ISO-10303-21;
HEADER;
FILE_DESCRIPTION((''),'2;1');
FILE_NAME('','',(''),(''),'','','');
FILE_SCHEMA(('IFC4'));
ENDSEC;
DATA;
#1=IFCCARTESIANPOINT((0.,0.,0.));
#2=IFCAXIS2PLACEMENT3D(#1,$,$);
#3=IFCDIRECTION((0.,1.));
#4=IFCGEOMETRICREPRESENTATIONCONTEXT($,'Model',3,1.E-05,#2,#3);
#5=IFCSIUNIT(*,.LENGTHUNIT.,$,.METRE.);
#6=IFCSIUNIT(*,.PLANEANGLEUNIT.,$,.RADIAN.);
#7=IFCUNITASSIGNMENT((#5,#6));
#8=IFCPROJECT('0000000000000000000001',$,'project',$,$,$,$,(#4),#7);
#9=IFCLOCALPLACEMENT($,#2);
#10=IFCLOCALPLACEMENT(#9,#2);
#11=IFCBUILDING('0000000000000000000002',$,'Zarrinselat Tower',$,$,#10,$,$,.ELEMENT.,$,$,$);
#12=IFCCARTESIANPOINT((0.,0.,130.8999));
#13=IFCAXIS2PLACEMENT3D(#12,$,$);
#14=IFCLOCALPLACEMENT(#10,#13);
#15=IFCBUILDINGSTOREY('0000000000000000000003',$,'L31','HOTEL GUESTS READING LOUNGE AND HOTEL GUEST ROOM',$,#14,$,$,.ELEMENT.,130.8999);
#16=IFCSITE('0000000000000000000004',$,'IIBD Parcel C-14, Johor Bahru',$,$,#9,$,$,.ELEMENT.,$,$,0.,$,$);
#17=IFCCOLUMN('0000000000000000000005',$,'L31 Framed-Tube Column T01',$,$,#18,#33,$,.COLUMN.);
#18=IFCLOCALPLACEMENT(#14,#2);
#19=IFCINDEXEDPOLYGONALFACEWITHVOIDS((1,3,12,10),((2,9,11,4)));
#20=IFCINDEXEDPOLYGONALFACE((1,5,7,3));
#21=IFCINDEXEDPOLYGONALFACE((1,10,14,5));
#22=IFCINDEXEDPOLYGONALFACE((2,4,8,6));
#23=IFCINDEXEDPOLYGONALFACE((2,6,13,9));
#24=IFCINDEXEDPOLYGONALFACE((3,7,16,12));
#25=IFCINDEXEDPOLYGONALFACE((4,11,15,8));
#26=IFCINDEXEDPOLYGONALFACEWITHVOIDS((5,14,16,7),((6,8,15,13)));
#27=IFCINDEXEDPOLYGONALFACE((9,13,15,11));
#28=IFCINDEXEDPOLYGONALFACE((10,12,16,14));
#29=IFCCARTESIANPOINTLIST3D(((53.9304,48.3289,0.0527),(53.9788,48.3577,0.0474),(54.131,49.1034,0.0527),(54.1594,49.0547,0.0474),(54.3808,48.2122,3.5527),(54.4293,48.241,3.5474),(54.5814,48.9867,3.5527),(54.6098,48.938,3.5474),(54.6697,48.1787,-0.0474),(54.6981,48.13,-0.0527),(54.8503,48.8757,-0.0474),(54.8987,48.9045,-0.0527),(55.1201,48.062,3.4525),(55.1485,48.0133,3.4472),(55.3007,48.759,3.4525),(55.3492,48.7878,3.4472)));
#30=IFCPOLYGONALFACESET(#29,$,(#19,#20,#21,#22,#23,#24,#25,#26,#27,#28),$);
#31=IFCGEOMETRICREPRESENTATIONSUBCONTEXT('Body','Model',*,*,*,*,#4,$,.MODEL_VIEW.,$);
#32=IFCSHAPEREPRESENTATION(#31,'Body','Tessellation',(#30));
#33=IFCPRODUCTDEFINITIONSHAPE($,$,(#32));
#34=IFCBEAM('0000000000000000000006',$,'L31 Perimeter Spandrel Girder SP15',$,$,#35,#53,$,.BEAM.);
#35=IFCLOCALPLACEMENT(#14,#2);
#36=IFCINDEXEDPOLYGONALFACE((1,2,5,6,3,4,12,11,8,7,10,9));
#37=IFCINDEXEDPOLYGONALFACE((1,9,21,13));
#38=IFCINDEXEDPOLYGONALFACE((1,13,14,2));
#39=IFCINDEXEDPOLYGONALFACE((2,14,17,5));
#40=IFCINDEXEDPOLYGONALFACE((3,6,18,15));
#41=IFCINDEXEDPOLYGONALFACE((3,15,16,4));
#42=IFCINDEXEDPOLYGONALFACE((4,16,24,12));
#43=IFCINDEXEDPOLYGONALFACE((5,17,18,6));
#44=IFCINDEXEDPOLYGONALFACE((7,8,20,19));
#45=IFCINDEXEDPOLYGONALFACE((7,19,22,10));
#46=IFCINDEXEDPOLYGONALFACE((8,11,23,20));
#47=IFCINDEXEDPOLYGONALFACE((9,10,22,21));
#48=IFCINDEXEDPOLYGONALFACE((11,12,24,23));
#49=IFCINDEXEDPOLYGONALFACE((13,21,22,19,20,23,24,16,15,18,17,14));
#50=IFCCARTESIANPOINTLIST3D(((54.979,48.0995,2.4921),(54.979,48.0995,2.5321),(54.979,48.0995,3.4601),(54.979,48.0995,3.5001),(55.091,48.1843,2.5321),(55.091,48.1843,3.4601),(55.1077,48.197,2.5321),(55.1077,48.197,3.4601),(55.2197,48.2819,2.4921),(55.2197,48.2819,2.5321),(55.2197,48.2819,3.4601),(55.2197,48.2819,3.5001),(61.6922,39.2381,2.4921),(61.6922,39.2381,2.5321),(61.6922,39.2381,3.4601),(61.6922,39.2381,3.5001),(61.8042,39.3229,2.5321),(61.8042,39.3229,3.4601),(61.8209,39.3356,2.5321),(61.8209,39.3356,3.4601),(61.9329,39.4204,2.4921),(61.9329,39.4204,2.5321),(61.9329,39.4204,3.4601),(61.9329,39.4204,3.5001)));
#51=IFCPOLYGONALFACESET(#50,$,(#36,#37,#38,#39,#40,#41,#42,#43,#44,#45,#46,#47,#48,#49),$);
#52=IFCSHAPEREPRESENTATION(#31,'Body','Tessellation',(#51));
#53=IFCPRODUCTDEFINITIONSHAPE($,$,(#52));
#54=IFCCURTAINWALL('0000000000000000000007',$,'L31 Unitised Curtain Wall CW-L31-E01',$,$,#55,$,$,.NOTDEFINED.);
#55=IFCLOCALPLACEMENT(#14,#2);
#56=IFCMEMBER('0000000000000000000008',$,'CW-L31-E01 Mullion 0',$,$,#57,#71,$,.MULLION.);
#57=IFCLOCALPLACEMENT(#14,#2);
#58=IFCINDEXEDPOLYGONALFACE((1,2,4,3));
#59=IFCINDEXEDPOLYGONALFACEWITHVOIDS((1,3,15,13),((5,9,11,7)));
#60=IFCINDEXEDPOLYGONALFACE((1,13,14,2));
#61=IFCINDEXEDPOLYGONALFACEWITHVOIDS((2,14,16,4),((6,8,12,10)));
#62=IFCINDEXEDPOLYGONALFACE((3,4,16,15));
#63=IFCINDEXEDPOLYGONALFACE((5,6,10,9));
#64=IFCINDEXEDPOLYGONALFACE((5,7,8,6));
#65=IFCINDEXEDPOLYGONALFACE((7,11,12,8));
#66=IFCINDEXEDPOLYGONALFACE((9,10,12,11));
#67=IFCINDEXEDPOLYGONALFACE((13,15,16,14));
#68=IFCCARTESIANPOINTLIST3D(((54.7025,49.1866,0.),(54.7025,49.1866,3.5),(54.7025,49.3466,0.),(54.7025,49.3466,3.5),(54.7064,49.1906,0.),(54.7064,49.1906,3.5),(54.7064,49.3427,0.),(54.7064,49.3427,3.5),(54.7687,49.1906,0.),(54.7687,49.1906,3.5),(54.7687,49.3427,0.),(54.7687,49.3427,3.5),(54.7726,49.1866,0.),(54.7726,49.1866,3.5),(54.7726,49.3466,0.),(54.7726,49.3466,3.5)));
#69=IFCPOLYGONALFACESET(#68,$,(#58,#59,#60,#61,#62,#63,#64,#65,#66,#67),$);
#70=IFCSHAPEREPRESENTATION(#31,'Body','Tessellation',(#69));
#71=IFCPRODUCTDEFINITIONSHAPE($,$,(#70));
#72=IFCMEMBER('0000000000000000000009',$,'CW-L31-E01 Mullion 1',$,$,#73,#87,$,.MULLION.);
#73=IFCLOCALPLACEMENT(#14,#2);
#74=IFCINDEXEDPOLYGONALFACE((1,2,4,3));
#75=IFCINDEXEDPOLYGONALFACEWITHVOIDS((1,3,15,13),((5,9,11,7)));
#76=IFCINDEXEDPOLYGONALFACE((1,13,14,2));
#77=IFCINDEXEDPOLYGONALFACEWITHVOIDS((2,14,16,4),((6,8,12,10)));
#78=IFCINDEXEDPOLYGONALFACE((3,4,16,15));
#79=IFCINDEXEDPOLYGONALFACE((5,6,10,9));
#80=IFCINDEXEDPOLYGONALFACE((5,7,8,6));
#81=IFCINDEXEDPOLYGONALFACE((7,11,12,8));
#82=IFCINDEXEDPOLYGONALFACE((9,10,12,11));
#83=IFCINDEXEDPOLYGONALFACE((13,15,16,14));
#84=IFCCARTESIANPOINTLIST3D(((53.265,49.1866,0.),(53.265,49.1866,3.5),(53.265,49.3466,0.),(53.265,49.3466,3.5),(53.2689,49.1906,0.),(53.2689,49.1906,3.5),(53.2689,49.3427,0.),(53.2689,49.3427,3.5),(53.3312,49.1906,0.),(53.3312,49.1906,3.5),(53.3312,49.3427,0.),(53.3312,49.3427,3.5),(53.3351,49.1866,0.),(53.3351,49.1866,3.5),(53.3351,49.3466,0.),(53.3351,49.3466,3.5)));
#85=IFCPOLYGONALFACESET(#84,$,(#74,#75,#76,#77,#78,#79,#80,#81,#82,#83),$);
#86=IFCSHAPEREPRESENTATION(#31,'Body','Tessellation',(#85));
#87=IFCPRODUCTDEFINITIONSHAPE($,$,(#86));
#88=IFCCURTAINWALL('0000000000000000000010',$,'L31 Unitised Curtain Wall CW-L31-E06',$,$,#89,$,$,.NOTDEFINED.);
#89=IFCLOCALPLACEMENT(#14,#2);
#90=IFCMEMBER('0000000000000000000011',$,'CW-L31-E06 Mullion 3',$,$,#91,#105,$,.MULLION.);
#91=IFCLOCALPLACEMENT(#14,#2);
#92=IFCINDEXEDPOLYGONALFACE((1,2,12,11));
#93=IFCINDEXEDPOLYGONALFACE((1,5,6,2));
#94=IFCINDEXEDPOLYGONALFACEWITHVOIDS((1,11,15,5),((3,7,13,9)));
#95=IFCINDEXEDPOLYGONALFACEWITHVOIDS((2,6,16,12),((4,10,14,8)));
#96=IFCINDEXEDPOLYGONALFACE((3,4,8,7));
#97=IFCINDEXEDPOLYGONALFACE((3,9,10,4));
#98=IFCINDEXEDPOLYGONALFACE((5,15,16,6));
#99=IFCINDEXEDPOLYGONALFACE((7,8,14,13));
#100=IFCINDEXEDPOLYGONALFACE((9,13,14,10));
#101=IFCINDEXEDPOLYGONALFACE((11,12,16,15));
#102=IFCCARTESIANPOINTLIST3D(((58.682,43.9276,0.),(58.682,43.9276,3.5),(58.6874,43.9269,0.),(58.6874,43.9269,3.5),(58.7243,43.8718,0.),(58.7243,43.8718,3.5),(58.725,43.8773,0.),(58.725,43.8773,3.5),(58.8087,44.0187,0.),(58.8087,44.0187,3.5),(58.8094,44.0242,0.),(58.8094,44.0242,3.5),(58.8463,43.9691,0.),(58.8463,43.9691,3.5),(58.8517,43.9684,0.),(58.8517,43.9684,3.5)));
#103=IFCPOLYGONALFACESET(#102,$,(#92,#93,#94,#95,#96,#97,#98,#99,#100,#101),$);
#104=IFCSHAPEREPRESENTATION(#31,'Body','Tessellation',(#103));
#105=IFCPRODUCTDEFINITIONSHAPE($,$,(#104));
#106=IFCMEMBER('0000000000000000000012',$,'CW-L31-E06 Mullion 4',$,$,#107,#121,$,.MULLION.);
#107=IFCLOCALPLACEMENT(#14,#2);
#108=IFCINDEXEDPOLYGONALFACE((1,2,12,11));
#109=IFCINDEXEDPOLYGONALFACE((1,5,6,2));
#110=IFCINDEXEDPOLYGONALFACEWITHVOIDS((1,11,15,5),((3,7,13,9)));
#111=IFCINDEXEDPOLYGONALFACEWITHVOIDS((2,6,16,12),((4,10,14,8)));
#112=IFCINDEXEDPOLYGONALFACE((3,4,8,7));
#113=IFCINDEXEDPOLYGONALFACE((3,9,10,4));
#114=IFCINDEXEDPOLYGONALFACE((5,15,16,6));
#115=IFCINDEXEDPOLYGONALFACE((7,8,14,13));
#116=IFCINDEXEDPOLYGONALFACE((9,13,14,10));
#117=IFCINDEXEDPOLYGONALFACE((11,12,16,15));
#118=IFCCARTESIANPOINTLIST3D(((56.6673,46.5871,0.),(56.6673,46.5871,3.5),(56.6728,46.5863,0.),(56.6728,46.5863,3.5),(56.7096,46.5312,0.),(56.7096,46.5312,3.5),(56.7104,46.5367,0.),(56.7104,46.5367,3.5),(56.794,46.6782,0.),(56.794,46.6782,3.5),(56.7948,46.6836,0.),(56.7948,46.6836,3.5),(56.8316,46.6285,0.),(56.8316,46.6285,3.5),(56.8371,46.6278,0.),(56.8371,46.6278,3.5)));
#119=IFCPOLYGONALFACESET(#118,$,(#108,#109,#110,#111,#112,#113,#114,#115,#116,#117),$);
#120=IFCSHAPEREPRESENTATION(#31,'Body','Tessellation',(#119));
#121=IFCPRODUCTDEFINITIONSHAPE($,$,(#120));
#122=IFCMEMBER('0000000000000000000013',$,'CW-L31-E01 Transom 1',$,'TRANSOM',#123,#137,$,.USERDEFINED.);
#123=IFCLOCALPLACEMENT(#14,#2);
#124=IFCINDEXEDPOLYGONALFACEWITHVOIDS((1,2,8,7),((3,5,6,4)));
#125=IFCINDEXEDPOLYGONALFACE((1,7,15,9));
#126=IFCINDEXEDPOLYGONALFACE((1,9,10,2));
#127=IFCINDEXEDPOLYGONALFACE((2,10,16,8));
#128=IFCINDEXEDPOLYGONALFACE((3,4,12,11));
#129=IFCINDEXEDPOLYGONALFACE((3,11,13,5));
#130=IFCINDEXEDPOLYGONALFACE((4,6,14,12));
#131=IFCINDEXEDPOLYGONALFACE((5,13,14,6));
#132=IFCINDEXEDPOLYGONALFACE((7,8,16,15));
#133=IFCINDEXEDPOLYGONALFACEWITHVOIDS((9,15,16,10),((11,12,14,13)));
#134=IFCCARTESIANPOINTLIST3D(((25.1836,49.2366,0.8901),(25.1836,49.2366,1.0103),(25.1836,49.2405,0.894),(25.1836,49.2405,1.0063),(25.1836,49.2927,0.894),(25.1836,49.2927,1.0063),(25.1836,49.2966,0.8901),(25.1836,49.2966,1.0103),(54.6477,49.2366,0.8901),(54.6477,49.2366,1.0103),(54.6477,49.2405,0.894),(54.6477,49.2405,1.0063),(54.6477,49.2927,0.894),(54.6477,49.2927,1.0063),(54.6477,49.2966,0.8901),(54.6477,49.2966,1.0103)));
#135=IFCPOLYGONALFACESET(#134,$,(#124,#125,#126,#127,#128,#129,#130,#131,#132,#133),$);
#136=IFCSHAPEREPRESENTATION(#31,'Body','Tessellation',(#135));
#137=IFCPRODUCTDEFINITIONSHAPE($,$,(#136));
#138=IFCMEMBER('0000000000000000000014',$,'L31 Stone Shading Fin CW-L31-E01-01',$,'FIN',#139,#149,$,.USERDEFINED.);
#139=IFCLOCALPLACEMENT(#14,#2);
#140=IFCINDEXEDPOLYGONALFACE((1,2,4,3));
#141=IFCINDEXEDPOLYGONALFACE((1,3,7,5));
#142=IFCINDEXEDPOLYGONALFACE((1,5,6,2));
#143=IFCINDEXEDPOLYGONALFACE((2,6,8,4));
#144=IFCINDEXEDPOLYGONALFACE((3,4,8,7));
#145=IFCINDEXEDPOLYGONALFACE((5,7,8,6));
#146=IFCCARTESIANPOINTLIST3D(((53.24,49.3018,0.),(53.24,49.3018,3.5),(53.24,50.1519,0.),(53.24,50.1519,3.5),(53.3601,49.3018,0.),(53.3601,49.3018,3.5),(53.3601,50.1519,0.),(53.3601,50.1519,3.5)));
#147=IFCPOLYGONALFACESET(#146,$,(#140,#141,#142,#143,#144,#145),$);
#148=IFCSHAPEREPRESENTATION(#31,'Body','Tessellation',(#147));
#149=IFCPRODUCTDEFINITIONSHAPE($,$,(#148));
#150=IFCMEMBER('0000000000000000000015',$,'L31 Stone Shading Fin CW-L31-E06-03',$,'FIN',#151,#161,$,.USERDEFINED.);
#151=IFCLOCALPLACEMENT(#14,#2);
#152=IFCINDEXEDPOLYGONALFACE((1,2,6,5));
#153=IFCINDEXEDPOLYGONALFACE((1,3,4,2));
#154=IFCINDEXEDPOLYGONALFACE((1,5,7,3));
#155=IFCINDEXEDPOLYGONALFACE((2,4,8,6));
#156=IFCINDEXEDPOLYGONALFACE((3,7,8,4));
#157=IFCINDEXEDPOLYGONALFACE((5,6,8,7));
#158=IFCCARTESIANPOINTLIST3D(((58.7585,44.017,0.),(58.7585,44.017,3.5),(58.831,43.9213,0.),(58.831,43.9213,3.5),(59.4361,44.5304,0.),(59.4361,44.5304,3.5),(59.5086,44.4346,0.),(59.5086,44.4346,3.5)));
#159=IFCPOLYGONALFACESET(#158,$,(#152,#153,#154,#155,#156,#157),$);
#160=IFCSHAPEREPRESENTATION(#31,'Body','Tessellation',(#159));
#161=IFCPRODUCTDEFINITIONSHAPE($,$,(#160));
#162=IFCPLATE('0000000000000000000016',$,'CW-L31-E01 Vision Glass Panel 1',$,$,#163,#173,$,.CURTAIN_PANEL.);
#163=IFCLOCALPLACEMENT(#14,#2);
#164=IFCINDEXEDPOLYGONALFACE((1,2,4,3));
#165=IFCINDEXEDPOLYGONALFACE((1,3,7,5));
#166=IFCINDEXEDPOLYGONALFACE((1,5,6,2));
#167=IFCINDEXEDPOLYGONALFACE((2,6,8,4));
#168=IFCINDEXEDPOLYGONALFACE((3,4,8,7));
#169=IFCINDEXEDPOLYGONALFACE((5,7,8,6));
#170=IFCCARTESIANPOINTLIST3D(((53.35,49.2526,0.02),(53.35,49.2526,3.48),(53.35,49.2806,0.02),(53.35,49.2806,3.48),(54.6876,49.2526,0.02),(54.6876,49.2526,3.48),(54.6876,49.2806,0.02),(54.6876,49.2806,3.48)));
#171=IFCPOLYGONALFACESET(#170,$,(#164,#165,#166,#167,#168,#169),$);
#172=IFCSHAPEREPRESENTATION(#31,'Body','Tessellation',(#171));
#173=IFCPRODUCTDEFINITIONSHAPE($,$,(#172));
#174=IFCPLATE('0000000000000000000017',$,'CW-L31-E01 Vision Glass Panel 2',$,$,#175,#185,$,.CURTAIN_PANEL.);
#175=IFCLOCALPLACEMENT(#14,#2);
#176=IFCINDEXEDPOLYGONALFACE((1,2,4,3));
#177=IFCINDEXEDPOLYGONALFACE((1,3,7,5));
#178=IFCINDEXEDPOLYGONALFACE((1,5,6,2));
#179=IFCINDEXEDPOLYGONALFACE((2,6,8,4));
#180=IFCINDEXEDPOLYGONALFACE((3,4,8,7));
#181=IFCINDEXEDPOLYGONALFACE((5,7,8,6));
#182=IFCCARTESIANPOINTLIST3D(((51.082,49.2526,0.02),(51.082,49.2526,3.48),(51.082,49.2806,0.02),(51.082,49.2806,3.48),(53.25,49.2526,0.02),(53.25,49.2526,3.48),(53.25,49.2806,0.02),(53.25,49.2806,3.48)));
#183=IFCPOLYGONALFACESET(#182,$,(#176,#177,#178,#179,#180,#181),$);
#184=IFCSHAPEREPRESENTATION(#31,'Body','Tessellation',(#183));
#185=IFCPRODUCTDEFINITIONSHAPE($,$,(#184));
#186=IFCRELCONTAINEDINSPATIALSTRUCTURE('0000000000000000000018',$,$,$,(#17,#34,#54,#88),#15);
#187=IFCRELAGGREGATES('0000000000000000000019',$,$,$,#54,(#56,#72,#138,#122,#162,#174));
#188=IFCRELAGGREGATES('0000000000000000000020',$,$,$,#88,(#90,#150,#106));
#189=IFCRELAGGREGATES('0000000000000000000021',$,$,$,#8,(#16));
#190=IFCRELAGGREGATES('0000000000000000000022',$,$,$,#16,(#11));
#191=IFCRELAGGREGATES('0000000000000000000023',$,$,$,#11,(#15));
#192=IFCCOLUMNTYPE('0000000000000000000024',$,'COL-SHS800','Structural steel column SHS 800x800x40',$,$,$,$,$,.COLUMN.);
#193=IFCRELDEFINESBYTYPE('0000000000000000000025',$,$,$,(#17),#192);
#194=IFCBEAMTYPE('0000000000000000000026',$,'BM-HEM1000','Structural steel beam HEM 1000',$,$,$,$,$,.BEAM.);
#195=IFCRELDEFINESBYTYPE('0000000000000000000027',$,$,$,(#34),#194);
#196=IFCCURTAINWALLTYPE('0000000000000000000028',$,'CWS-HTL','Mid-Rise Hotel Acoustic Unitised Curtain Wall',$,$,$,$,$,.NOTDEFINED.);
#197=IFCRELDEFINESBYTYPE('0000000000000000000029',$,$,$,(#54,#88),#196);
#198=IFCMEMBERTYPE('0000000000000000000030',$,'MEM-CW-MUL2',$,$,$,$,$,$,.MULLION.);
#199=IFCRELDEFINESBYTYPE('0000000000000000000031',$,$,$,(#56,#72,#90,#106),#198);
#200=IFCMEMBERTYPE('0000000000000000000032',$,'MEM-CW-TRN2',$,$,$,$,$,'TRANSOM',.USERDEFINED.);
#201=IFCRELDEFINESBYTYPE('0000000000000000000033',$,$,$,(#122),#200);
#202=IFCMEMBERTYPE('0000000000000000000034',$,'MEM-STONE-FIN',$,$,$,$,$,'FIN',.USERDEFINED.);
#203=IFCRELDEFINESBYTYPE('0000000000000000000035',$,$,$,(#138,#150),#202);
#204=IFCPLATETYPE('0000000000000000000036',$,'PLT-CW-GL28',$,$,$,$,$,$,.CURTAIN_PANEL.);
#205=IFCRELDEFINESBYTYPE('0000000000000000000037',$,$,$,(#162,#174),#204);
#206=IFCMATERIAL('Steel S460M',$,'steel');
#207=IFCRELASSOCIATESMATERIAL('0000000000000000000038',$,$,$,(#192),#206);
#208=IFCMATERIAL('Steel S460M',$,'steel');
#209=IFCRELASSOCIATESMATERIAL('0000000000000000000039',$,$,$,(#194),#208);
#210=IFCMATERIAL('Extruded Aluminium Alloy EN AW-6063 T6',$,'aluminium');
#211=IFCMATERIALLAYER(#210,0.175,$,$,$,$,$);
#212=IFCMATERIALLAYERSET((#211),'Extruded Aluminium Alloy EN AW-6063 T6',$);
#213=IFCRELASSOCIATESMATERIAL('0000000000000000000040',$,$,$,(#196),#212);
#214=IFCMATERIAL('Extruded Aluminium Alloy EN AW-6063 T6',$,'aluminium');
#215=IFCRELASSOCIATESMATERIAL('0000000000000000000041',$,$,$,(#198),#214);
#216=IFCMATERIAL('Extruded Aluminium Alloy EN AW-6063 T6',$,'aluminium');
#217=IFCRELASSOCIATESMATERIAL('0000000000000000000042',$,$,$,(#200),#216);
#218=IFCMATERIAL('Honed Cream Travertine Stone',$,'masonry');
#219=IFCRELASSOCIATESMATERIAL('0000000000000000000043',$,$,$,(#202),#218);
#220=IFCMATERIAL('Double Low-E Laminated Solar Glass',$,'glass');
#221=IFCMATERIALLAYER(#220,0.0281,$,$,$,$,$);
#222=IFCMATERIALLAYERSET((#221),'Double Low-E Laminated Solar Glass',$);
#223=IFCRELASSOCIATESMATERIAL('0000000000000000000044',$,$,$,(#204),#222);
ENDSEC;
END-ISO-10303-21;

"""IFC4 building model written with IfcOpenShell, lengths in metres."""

from ifc_helpers import new_model, si_unit, direction, frame, origin, origin_2d, place, context, subcontext, project, spatial, rectangle, hollow_rectangle, i_section, extrude, material, layer, layer_set, material_profile, profile_set, type_object, element, aggregate, save


model = new_model("IFC4")

# Units and contexts
model_context = context("Model", 3, precision=1e-05, world=origin(), true_north=direction((0.0, 1.0)))
body_context = subcontext(model_context, "Body", "Model", "MODEL_VIEW")
ifc_project = project(units=[si_unit("LENGTHUNIT", "METRE"), si_unit("PLANEANGLEUNIT", "RADIAN")], contexts=[model_context])

# Site, building, storey
site_placement = place(None, origin())
site = spatial("IfcSite", under=ifc_project, at=site_placement, Name="IIBD Parcel C-14, Johor Bahru", CompositionType="ELEMENT", RefElevation=0.0)
building_placement = place(site_placement, origin())
building = spatial("IfcBuilding", under=site, at=building_placement, Name="Zarrinselat Tower", CompositionType="ELEMENT")
storey_placement = place(building_placement, frame((0.0, 0.0, 130.8999)))
storey = spatial("IfcBuildingStorey", under=building, at=storey_placement, Name="L31", Description="HOTEL GUESTS READING LOUNGE AND HOTEL GUEST ROOM", CompositionType="ELEMENT", Elevation=130.8999)

# Column
ifc_material_1 = material(Name="Steel S460M", Category="steel")
ifc_material_profile_1 = material_profile(ifc_material_1, hollow_rectangle(XDim=0.8, YDim=0.8, WallThickness=0.04, at=origin_2d()), Name="SHS 800x800x40")
ifc_profile_set_1 = profile_set([ifc_material_profile_1], Name="Steel S460M")
column_type = type_object("IfcColumnType", Name="COL-SHS800", Description="Structural steel column SHS 800x800x40", PredefinedType="COLUMN", material=ifc_profile_set_1)
column_placement = place(storey_placement, frame((54.4146, 48.6167, 0.0), z_axis=(0.127575, -0.033052, 0.991278), x_axis=(0.250798, 0.968039, 0.0)))
element("IfcColumn", 1, at=column_placement, inside=storey, type_object=column_type, Name="L31 Framed-Tube Column T01", PredefinedType="COLUMN", context=body_context, shape_type="SweptSolid", body=[
    extrude(hollow_rectangle(XDim=0.8, YDim=0.8, WallThickness=0.04, at=origin_2d()), origin(), (0.0, 0.0, 1.0), 3.5308),
])

# Beam
ifc_material_2 = material(Name="Steel S460M", Category="steel")
ifc_material_profile_2 = material_profile(ifc_material_2, i_section(OverallWidth=0.302, OverallDepth=1.0081, WebThickness=0.021, FlangeThickness=0.04, at=origin_2d()), Name="HEM 1000")
ifc_profile_set_2 = profile_set([ifc_material_profile_2], Name="Steel S460M")
beam_type = type_object("IfcBeamType", Name="BM-HEM1000", Description="Structural steel beam HEM 1000", PredefinedType="BEAM", material=ifc_profile_set_2)
beam_placement = place(storey_placement, frame((55.0994, 48.1907, 2.9961), z_axis=(0.603858, -0.797092, 0.0), x_axis=(0.797092, 0.603858, 0.0)))
element("IfcBeam", 2, at=beam_placement, inside=storey, type_object=beam_type, Name="L31 Perimeter Spandrel Girder SP15", PredefinedType="BEAM", context=body_context, shape_type="SweptSolid", body=[
    extrude(i_section(OverallWidth=0.302, OverallDepth=1.0081, WebThickness=0.021, FlangeThickness=0.04, at=origin_2d()), origin(), (0.0, 0.0, 1.0), 11.1172),
])

# Curtain walls, members
ifc_material_3 = material(Name="Extruded Aluminium Alloy EN AW-6063 T6", Category="aluminium")
ifc_layer_1 = layer(ifc_material_3, 0.175)
ifc_layer_set_1 = layer_set([ifc_layer_1], Name="Extruded Aluminium Alloy EN AW-6063 T6")
curtain_wall_type = type_object("IfcCurtainWallType", Name="CWS-HTL", Description="Mid-Rise Hotel Acoustic Unitised Curtain Wall", PredefinedType="NOTDEFINED", material=ifc_layer_set_1)
curtain_wall_1_placement = place(storey_placement, origin())
curtain_wall_1 = element("IfcCurtainWall", 3, at=curtain_wall_1_placement, inside=storey, type_object=curtain_wall_type, Name="L31 Unitised Curtain Wall CW-L31-E01", PredefinedType="NOTDEFINED")
ifc_material_4 = material(Name="Extruded Aluminium Alloy EN AW-6063 T6", Category="aluminium")
ifc_material_profile_3 = material_profile(ifc_material_4, hollow_rectangle(XDim=0.0701, YDim=0.1599, WallThickness=0.0039, at=origin_2d()), Name="RHS 160x70x4")
ifc_profile_set_3 = profile_set([ifc_material_profile_3], Name="Extruded Aluminium Alloy EN AW-6063 T6")
member_type_1 = type_object("IfcMemberType", Name="MEM-CW-MUL2", PredefinedType="MULLION", material=ifc_profile_set_3)
member_1_placement = place(storey_placement, frame((54.7375, 49.2666, 0.0), z_axis=(0.0, 0.0, 1.0), x_axis=(-1.0, 0.0, 0.0)))
member_1 = element("IfcMember", 4, at=member_1_placement, type_object=member_type_1, Name="CW-L31-E01 Mullion 0", PredefinedType="MULLION", context=body_context, shape_type="SweptSolid", body=[
    extrude(hollow_rectangle(XDim=0.0701, YDim=0.1599, WallThickness=0.0039, at=origin_2d()), origin(), (0.0, 0.0, 1.0), 3.5),
])
member_2_placement = place(storey_placement, frame((53.3, 49.2666, 0.0), z_axis=(0.0, 0.0, 1.0), x_axis=(-1.0, 0.0, 0.0)))
member_2 = element("IfcMember", 5, at=member_2_placement, type_object=member_type_1, Name="CW-L31-E01 Mullion 1", PredefinedType="MULLION", context=body_context, shape_type="SweptSolid", body=[
    extrude(hollow_rectangle(XDim=0.0701, YDim=0.1599, WallThickness=0.0039, at=origin_2d()), origin(), (0.0, 0.0, 1.0), 3.5),
])
curtain_wall_2_placement = place(storey_placement, origin())
curtain_wall_2 = element("IfcCurtainWall", 6, at=curtain_wall_2_placement, inside=storey, type_object=curtain_wall_type, Name="L31 Unitised Curtain Wall CW-L31-E06", PredefinedType="NOTDEFINED")
member_3_placement = place(storey_placement, frame((58.7668, 43.948, 0.0), z_axis=(0.0, 0.0, 1.0), x_axis=(-0.603858, 0.797092, 0.0)))
member_3 = element("IfcMember", 7, at=member_3_placement, type_object=member_type_1, Name="CW-L31-E06 Mullion 3", PredefinedType="MULLION", context=body_context, shape_type="SweptSolid", body=[
    extrude(hollow_rectangle(XDim=0.0701, YDim=0.1599, WallThickness=0.0039, at=origin_2d()), origin(), (0.0, 0.0, 1.0), 3.5),
])
member_4_placement = place(storey_placement, frame((56.7522, 46.6074, 0.0), z_axis=(0.0, 0.0, 1.0), x_axis=(-0.603858, 0.797092, 0.0)))
member_4 = element("IfcMember", 8, at=member_4_placement, type_object=member_type_1, Name="CW-L31-E06 Mullion 4", PredefinedType="MULLION", context=body_context, shape_type="SweptSolid", body=[
    extrude(hollow_rectangle(XDim=0.0701, YDim=0.1599, WallThickness=0.0039, at=origin_2d()), origin(), (0.0, 0.0, 1.0), 3.5),
])

# Members
ifc_material_5 = material(Name="Extruded Aluminium Alloy EN AW-6063 T6", Category="aluminium")
ifc_material_profile_4 = material_profile(ifc_material_5, hollow_rectangle(XDim=0.0601, YDim=0.1201, WallThickness=0.0039, at=origin_2d()), Name="RHS 120x60x4")
ifc_profile_set_4 = profile_set([ifc_material_profile_4], Name="Extruded Aluminium Alloy EN AW-6063 T6")
member_type_2 = type_object("IfcMemberType", Name="MEM-CW-TRN2", ElementType="TRANSOM", PredefinedType="USERDEFINED", material=ifc_profile_set_4)
member_5_placement = place(storey_placement, frame((54.6477, 49.2666, 0.9502), z_axis=(-1.0, 0.0, 0.0), x_axis=(0.0, -1.0, 0.0)))
member_5 = element("IfcMember", 9, at=member_5_placement, type_object=member_type_2, Name="CW-L31-E01 Transom 1", ObjectType="TRANSOM", PredefinedType="USERDEFINED", context=body_context, shape_type="SweptSolid", body=[
    extrude(hollow_rectangle(XDim=0.0601, YDim=0.1201, WallThickness=0.0039, at=origin_2d()), origin(), (0.0, 0.0, 1.0), 29.4641),
])
ifc_material_6 = material(Name="Honed Cream Travertine Stone", Category="masonry")
ifc_material_profile_5 = material_profile(ifc_material_6, rectangle(XDim=0.1201, YDim=0.8501, at=origin_2d()), Name="FIN 850x120")
ifc_profile_set_5 = profile_set([ifc_material_profile_5], Name="Honed Cream Travertine Stone")
member_type_3 = type_object("IfcMemberType", Name="MEM-STONE-FIN", ElementType="FIN", PredefinedType="USERDEFINED", material=ifc_profile_set_5)
member_6_placement = place(storey_placement, frame((53.3, 49.7268, 0.0), z_axis=(0.0, 0.0, 1.0), x_axis=(1.0, 0.0, 0.0)))
member_6 = element("IfcMember", 10, at=member_6_placement, type_object=member_type_3, Name="L31 Stone Shading Fin CW-L31-E01-01", ObjectType="FIN", PredefinedType="USERDEFINED", context=body_context, shape_type="SweptSolid", body=[
    extrude(rectangle(XDim=0.1201, YDim=0.8501, at=origin_2d()), origin(), (0.0, 0.0, 1.0), 3.5),
])
member_7_placement = place(storey_placement, frame((59.1335, 44.2258, 0.0), z_axis=(0.0, 0.0, 1.0), x_axis=(0.603858, -0.797092, 0.0)))
member_7 = element("IfcMember", 11, at=member_7_placement, type_object=member_type_3, Name="L31 Stone Shading Fin CW-L31-E06-03", ObjectType="FIN", PredefinedType="USERDEFINED", context=body_context, shape_type="SweptSolid", body=[
    extrude(rectangle(XDim=0.1201, YDim=0.8501, at=origin_2d()), origin(), (0.0, 0.0, 1.0), 3.5),
])

# Plates
ifc_material_7 = material(Name="Double Low-E Laminated Solar Glass", Category="glass")
ifc_layer_2 = layer(ifc_material_7, 0.0281)
ifc_layer_set_2 = layer_set([ifc_layer_2], Name="Double Low-E Laminated Solar Glass")
plate_type = type_object("IfcPlateType", Name="PLT-CW-GL28", PredefinedType="CURTAIN_PANEL", material=ifc_layer_set_2)
plate_1_placement = place(storey_placement, frame((54.0188, 49.2666, 0.02), z_axis=(0.0, 0.0, 1.0), x_axis=(-1.0, 0.0, 0.0)))
plate_1 = element("IfcPlate", 12, at=plate_1_placement, type_object=plate_type, Name="CW-L31-E01 Vision Glass Panel 1", PredefinedType="CURTAIN_PANEL", context=body_context, shape_type="SweptSolid", body=[
    extrude(rectangle(XDim=1.3376, YDim=0.0281, at=origin_2d()), origin(), (0.0, 0.0, 1.0), 3.46),
])
plate_2_placement = place(storey_placement, frame((52.166, 49.2666, 0.02), z_axis=(0.0, 0.0, 1.0), x_axis=(-1.0, 0.0, 0.0)))
plate_2 = element("IfcPlate", 13, at=plate_2_placement, type_object=plate_type, Name="CW-L31-E01 Vision Glass Panel 2", PredefinedType="CURTAIN_PANEL", context=body_context, shape_type="SweptSolid", body=[
    extrude(rectangle(XDim=2.168, YDim=0.0281, at=origin_2d()), origin(), (0.0, 0.0, 1.0), 3.46),
])
aggregate(curtain_wall_1, [member_1, member_2, member_6, member_5, plate_1, plate_2])
aggregate(curtain_wall_2, [member_3, member_7, member_4])

save(model, "model.ifc")
